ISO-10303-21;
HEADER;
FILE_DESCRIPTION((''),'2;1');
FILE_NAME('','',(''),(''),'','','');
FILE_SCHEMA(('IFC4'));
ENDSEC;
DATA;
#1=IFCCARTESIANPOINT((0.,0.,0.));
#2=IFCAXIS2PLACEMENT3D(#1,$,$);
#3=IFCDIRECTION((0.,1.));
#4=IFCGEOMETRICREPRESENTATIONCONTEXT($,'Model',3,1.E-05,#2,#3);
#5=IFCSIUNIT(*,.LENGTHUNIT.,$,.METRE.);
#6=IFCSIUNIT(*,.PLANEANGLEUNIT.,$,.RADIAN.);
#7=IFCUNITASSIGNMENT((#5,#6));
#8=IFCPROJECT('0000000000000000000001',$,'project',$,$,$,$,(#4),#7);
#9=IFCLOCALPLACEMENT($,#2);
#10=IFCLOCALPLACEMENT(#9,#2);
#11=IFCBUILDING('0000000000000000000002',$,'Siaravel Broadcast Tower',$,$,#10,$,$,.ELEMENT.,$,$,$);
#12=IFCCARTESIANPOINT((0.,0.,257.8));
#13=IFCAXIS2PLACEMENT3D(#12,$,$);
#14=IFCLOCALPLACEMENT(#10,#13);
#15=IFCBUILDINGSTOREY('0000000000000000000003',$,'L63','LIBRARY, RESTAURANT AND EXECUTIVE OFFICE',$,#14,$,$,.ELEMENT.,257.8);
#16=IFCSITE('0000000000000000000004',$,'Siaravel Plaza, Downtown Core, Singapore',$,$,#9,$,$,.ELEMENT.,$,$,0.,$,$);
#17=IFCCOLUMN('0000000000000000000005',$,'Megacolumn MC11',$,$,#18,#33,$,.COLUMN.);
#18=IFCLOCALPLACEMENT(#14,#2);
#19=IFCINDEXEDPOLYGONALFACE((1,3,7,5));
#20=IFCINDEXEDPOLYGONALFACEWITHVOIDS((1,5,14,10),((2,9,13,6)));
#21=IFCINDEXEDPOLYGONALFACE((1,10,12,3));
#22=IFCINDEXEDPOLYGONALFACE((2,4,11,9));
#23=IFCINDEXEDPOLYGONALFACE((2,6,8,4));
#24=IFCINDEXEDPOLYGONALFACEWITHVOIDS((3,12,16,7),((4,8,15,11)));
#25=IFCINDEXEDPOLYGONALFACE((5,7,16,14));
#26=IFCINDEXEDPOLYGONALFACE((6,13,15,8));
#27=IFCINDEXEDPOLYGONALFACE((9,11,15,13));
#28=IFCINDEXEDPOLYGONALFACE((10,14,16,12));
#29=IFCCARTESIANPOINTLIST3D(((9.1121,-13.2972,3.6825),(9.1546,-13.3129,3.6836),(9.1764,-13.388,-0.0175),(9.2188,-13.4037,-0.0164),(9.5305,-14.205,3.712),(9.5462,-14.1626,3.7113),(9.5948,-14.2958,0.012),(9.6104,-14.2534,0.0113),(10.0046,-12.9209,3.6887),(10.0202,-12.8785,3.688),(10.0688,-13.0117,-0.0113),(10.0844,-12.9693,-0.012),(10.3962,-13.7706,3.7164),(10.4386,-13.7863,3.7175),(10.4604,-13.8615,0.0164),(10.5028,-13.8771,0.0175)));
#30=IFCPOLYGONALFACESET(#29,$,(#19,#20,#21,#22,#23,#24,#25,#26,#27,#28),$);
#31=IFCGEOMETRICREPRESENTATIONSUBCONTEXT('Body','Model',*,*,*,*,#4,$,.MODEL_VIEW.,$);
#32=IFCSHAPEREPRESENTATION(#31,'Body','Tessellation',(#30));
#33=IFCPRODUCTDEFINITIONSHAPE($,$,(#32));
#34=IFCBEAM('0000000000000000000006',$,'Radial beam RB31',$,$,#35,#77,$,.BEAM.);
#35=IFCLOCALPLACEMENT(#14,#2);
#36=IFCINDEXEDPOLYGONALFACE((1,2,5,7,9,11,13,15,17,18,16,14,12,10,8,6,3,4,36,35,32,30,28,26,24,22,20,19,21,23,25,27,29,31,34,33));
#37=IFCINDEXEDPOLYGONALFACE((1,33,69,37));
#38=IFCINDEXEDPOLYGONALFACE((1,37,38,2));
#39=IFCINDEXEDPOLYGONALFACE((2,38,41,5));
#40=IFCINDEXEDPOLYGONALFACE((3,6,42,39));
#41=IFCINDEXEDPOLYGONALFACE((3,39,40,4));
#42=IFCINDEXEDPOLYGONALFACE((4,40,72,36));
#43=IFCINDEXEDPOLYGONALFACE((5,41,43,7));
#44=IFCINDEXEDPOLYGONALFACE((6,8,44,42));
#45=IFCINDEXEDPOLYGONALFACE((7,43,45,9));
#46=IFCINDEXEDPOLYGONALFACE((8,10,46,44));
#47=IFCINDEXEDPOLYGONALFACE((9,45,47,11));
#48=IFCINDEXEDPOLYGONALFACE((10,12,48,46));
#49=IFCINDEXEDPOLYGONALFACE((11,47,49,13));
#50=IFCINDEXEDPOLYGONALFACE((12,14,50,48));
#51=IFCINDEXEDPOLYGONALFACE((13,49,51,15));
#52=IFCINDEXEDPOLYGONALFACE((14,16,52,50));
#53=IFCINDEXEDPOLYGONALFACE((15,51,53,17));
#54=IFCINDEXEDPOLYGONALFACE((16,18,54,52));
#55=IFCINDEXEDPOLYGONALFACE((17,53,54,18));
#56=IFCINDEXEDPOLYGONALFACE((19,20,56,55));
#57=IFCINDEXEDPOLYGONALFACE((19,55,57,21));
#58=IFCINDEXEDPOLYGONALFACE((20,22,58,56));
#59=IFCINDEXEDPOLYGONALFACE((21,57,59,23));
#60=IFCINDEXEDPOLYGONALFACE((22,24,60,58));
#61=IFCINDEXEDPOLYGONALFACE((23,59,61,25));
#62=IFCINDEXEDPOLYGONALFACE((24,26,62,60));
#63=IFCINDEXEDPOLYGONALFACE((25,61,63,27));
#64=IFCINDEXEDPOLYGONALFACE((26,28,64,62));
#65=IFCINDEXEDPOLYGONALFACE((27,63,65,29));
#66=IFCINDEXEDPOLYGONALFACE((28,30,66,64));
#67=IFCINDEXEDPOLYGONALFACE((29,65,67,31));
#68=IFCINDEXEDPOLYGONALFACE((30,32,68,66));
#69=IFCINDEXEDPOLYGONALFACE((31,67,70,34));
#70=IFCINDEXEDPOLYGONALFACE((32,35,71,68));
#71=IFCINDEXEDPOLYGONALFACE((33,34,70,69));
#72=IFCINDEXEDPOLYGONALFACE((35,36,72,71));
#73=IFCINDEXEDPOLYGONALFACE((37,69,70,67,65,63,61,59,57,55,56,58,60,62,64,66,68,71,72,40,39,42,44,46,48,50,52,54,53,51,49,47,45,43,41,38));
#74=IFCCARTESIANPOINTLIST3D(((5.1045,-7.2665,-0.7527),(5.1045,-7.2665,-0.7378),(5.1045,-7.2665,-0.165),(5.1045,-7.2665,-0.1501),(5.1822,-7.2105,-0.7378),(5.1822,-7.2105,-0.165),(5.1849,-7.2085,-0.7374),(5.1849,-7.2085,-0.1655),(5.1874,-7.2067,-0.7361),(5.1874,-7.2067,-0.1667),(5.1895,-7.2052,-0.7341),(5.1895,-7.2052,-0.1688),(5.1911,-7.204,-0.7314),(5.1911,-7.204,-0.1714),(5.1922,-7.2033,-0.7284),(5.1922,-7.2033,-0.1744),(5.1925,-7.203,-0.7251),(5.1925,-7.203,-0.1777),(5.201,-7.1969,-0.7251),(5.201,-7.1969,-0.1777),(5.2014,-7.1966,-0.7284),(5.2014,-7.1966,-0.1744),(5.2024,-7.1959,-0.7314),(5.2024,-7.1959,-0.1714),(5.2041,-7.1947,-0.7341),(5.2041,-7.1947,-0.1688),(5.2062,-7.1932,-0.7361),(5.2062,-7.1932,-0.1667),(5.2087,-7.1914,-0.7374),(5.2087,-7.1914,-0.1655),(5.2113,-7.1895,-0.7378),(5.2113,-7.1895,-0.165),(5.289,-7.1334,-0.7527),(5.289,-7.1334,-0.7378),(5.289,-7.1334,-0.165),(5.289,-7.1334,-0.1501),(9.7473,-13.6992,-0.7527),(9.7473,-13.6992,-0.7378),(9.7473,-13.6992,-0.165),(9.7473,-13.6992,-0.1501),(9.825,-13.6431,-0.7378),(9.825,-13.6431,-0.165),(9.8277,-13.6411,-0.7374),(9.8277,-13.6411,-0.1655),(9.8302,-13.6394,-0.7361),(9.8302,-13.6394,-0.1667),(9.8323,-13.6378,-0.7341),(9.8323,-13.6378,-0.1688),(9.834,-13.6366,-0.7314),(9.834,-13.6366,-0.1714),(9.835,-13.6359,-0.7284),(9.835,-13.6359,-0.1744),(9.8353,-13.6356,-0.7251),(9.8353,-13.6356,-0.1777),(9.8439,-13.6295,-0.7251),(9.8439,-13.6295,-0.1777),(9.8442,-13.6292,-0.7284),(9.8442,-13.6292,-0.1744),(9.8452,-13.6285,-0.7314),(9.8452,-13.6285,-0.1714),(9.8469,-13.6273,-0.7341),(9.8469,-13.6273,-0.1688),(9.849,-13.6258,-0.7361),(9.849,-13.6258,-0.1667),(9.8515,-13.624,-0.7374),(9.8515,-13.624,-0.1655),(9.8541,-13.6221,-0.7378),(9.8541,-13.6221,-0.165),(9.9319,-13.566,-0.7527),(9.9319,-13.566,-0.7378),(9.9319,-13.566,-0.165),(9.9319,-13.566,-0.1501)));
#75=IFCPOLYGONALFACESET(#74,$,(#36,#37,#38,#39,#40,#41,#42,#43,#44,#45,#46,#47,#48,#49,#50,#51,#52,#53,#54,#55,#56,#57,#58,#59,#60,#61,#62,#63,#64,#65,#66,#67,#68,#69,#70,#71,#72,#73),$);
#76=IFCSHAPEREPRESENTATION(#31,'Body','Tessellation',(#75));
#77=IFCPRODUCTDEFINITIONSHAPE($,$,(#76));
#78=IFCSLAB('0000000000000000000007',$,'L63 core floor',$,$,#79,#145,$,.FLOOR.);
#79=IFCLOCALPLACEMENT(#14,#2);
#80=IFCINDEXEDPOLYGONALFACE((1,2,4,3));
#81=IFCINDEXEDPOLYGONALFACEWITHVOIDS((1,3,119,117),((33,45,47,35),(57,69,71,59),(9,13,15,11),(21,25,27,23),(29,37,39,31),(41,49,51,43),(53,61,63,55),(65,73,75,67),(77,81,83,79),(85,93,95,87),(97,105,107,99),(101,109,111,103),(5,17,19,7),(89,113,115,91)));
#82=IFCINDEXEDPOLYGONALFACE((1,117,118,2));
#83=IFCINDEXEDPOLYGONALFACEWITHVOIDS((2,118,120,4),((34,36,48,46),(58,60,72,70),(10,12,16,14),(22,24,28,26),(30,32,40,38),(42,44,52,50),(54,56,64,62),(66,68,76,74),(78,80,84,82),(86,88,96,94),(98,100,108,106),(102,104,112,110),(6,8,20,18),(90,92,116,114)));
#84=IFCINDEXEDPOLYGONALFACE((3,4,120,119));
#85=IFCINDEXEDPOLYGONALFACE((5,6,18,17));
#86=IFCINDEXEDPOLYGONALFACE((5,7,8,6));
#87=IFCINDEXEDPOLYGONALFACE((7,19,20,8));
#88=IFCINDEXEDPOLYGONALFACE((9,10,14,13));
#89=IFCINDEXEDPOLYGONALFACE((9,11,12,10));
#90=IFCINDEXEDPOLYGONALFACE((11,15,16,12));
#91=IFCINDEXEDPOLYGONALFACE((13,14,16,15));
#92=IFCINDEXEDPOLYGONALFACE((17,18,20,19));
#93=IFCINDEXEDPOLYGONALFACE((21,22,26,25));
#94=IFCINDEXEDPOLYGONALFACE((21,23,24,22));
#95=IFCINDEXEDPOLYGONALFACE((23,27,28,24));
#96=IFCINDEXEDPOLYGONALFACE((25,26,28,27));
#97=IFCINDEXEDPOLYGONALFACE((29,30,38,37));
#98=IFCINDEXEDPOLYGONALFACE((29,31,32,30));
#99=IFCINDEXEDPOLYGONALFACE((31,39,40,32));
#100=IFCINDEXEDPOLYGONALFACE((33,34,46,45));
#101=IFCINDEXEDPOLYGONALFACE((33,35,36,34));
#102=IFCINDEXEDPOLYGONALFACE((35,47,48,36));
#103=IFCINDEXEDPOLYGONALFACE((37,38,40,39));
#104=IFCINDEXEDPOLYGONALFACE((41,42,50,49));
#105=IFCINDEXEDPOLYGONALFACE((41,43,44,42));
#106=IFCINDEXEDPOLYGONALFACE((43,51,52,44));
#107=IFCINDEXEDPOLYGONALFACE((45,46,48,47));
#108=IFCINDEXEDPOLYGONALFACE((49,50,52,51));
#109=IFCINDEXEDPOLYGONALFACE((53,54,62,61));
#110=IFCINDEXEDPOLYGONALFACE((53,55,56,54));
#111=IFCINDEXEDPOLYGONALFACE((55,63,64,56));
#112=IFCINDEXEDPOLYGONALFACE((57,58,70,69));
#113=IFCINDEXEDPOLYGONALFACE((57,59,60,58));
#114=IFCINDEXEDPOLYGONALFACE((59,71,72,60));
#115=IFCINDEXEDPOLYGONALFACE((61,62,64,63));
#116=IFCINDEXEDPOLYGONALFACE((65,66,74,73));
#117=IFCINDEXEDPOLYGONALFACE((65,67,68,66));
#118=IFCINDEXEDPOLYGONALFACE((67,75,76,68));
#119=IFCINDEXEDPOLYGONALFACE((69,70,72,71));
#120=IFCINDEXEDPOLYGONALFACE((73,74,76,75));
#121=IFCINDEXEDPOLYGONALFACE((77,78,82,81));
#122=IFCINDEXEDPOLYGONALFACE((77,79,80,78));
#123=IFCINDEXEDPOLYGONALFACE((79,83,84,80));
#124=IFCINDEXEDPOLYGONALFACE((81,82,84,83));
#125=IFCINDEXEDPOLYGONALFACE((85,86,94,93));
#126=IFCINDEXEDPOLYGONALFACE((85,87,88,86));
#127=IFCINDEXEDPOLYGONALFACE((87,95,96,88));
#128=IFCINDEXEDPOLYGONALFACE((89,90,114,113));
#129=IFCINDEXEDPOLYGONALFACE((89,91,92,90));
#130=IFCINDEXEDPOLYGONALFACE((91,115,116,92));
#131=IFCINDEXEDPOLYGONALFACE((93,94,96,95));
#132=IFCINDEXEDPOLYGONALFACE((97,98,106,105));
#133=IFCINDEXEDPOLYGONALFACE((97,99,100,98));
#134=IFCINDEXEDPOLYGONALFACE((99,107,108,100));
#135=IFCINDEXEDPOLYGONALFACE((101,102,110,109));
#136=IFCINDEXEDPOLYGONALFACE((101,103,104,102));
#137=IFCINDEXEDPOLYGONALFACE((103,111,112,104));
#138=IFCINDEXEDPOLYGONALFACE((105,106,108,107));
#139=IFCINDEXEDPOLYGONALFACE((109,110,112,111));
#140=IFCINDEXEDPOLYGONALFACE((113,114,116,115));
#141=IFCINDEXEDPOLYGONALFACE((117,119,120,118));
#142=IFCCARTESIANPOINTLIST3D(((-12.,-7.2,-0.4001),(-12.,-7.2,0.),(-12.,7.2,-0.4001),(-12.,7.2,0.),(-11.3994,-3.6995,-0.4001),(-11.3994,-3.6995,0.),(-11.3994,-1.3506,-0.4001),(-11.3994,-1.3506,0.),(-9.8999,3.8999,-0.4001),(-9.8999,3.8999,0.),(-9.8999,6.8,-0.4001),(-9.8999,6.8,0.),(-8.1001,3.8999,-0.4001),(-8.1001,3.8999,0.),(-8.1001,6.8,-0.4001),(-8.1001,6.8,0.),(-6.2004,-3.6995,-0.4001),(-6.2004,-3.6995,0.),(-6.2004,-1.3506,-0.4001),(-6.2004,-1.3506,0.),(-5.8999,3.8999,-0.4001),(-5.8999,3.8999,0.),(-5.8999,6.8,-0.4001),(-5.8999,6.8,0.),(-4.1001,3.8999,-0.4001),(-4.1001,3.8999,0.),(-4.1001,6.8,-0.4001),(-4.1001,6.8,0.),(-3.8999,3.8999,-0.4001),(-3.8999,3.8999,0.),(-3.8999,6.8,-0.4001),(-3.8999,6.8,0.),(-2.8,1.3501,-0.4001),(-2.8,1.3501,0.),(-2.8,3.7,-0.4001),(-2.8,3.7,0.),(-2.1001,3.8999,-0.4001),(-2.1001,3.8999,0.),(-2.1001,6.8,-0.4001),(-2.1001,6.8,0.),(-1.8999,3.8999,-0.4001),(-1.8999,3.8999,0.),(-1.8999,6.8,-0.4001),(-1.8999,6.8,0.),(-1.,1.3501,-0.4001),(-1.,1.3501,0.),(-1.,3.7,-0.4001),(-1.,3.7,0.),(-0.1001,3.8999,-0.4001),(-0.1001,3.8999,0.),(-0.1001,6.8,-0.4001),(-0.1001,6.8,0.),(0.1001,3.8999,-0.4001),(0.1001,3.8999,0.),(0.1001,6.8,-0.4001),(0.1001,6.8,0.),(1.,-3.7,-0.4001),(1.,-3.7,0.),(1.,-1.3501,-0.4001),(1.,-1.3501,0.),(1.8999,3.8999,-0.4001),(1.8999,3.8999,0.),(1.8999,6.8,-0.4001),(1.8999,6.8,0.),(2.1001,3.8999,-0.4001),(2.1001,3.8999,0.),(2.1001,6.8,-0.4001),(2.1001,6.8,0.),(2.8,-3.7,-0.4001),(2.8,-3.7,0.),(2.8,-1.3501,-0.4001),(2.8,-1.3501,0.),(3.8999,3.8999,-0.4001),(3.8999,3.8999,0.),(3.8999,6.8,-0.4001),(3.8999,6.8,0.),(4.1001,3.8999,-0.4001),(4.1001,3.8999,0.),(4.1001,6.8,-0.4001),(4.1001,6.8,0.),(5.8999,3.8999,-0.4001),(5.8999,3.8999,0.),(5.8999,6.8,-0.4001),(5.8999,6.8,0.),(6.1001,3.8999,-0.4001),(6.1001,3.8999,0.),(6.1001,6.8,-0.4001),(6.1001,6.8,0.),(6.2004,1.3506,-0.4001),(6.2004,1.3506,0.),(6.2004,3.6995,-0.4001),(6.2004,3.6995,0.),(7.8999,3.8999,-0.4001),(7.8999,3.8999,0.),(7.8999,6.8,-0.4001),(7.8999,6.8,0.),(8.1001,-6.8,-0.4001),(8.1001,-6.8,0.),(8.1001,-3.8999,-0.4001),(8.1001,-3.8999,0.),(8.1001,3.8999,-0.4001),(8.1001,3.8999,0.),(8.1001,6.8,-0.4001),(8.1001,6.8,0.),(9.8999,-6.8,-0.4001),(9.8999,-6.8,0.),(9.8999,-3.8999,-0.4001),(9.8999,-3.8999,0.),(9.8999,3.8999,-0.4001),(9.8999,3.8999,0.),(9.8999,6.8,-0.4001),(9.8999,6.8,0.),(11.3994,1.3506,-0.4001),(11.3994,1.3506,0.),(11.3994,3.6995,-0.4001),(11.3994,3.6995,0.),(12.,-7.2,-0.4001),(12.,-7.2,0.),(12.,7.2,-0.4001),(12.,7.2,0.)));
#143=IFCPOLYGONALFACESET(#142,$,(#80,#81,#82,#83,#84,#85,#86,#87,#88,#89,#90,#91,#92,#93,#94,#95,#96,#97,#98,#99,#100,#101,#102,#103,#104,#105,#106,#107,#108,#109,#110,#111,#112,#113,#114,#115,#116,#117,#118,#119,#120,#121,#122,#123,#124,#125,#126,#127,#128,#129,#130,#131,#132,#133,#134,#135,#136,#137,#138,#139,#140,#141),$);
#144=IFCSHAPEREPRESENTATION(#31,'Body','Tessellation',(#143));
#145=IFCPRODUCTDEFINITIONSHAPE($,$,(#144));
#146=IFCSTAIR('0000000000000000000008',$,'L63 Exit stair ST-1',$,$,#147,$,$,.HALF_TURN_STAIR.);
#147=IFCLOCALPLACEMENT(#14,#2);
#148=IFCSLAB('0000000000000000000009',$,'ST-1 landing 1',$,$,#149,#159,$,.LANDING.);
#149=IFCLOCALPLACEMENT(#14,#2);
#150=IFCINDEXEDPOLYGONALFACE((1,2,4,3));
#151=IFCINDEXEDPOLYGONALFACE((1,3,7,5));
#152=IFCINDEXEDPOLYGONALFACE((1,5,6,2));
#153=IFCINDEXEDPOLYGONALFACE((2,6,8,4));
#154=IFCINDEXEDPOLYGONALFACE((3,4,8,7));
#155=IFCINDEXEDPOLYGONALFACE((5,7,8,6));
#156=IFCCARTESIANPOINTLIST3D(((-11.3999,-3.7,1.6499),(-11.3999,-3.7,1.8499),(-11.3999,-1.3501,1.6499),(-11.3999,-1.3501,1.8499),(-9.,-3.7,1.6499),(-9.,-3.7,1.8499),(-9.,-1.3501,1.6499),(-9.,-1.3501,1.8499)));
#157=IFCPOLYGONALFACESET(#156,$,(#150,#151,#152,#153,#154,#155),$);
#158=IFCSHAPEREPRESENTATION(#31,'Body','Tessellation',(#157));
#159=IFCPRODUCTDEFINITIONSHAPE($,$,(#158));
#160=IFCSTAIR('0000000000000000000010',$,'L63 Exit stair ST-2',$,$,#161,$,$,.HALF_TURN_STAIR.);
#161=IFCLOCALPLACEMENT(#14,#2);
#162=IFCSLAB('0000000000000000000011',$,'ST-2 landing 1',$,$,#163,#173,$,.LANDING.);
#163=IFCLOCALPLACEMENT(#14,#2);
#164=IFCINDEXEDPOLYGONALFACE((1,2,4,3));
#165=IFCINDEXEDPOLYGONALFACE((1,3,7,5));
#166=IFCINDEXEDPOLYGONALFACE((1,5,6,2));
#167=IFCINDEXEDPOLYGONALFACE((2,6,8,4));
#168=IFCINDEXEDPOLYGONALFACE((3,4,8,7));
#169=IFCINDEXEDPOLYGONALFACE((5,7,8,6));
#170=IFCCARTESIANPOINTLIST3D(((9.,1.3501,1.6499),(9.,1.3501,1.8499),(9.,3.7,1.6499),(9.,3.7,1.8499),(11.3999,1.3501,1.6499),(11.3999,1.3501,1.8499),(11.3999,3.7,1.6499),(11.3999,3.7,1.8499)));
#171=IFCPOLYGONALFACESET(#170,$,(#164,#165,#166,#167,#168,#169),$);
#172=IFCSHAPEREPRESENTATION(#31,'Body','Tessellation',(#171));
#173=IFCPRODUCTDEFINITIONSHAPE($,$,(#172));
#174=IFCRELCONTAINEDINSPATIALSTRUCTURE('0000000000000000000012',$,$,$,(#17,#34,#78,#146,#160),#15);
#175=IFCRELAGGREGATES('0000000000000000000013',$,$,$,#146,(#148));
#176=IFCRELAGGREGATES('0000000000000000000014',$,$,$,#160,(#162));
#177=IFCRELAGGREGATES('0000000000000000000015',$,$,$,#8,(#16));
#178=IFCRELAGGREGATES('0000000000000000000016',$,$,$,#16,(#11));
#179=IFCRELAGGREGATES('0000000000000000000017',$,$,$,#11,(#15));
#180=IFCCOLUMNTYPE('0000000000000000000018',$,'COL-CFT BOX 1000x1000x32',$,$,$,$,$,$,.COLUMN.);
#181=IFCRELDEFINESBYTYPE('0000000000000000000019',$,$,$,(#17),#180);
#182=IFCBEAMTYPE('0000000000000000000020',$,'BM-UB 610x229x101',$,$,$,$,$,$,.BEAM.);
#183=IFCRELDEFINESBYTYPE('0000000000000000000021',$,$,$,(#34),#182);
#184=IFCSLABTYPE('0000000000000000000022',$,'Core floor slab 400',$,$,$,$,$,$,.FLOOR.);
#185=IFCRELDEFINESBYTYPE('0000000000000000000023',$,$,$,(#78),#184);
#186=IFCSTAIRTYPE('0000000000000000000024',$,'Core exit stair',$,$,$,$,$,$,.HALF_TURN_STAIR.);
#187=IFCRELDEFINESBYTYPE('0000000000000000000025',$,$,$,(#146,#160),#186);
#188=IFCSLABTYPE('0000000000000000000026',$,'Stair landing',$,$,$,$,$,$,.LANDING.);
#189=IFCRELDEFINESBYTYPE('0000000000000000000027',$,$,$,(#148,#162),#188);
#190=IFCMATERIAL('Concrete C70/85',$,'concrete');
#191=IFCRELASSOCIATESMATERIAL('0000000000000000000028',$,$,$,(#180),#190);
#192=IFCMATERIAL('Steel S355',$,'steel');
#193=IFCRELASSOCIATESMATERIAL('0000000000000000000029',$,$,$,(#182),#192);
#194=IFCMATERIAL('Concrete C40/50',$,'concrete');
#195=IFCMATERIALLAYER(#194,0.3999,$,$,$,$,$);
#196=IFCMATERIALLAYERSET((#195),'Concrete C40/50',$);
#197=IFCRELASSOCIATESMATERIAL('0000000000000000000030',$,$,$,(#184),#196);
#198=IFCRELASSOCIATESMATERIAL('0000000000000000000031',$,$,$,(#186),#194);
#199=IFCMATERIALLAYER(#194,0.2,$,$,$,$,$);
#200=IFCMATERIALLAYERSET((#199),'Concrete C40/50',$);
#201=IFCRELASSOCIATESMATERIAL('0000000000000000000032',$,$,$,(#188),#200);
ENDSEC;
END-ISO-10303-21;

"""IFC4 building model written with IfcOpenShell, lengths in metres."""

from ifc_helpers import new_model, si_unit, direction, frame, origin, origin_2d, place, context, subcontext, project, spatial, polyline, hollow_rectangle, i_section, outline, extrude, material, layer, layer_set, material_profile, profile_set, type_object, element, aggregate, save


model = new_model("IFC4")

# Units and contexts
model_context = context("Model", 3, precision=1e-05, world=origin(), true_north=direction((0.0, 1.0)))
body_context = subcontext(model_context, "Body", "Model", "MODEL_VIEW")
ifc_project = project(units=[si_unit("LENGTHUNIT", "METRE"), si_unit("PLANEANGLEUNIT", "RADIAN")], contexts=[model_context])

# Site, building, storey
site_placement = place(None, origin())
site = spatial("IfcSite", under=ifc_project, at=site_placement, Name="Siaravel Plaza, Downtown Core, Singapore", CompositionType="ELEMENT", RefElevation=0.0)
building_placement = place(site_placement, origin())
building = spatial("IfcBuilding", under=site, at=building_placement, Name="Siaravel Broadcast Tower", CompositionType="ELEMENT")
storey_placement = place(building_placement, frame((0.0, 0.0, 257.8)))
storey = spatial("IfcBuildingStorey", under=building, at=storey_placement, Name="L63", Description="LIBRARY, RESTAURANT AND EXECUTIVE OFFICE", CompositionType="ELEMENT", Elevation=257.8)

# Column
ifc_material_1 = material(Name="Concrete C70/85", Category="concrete")
ifc_material_profile_1 = material_profile(ifc_material_1, hollow_rectangle(XDim=1.0, YDim=1.0, WallThickness=0.032, at=origin_2d()))
ifc_profile_set_1 = profile_set([ifc_material_profile_1], Name="Concrete C70/85")
column_type = type_object("IfcColumnType", Name="COL-CFT BOX 1000x1000x32", PredefinedType="COLUMN", material=ifc_profile_set_1)
column_placement = place(storey_placement, frame((9.8396, -13.6326, 0.0), z_axis=(-0.017346, 0.024535, 0.999548), x_axis=(-0.908096, -0.418725, -0.005481)))
element("IfcColumn", 1, at=column_placement, inside=storey, type_object=column_type, Name="Megacolumn MC11", PredefinedType="COLUMN", context=body_context, shape_type="SweptSolid", body=[
    extrude(hollow_rectangle(XDim=1.0, YDim=1.0, WallThickness=0.032, at=origin_2d()), origin(), (0.0, 0.0, 1.0), 3.7017),
])

# Beam
ifc_material_2 = material(Name="Steel S355", Category="steel")
ifc_material_profile_2 = material_profile(ifc_material_2, i_section(OverallWidth=0.2275, OverallDepth=0.6025, WebThickness=0.0105, FlangeThickness=0.0149, FilletRadius=0.0127, at=origin_2d()))
ifc_profile_set_2 = profile_set([ifc_material_profile_2], Name="Steel S355")
beam_type = type_object("IfcBeamType", Name="BM-UB 610x229x101", PredefinedType="BEAM", material=ifc_profile_set_2)
beam_placement = place(storey_placement, frame((9.8396, -13.6326, -0.4514), z_axis=(-0.585246, 0.810856, 0.0), x_axis=(-0.810856, -0.585246, 0.0)))
element("IfcBeam", 2, at=beam_placement, inside=storey, type_object=beam_type, Name="Radial beam RB31", PredefinedType="BEAM", context=body_context, shape_type="SweptSolid", body=[
    extrude(i_section(OverallWidth=0.2275, OverallDepth=0.6025, WebThickness=0.0105, FlangeThickness=0.0149, FilletRadius=0.0127, at=origin_2d()), origin(), (0.0, 0.0, 1.0), 7.9331),
])

# Slab
ifc_material_3 = material(Name="Concrete C40/50", Category="concrete")
ifc_layer_1 = layer(ifc_material_3, 0.3999)
ifc_layer_set_1 = layer_set([ifc_layer_1], Name="Concrete C40/50")
slab_type_1 = type_object("IfcSlabType", Name="Core floor slab 400", PredefinedType="FLOOR", material=ifc_layer_set_1)
slab_1_placement = place(storey_placement, frame((0.0, 0.0, -0.4001)))
element("IfcSlab", 3, at=slab_1_placement, inside=storey, type_object=slab_type_1, Name="L63 core floor", PredefinedType="FLOOR", context=body_context, shape_type="SweptSolid", body=[
    extrude(outline(polyline([(-12.0, -7.2), (-12.0, 7.2), (12.0, 7.2), (12.0, -7.2), (-12.0, -7.2)]), holes=[polyline([(11.3994, 1.3506), (11.3994, 3.6995), (6.2004, 3.6995), (6.2004, 1.3506), (11.3994, 1.3506)]), polyline([(8.1001, -3.8999), (8.1001, -6.8), (9.8999, -6.8), (9.8999, -3.8999), (8.1001, -3.8999)]), polyline([(9.8999, 6.8), (8.1001, 6.8), (8.1001, 3.8999), (9.8999, 3.8999), (9.8999, 6.8)]), polyline([(7.8999, 6.8), (6.1001, 6.8), (6.1001, 3.8999), (7.8999, 3.8999), (7.8999, 6.8)]), polyline([(5.8999, 6.8), (4.1001, 6.8), (4.1001, 3.8999), (5.8999, 3.8999), (5.8999, 6.8)]), polyline([(3.8999, 6.8), (2.1001, 6.8), (2.1001, 3.8999), (3.8999, 3.8999), (3.8999, 6.8)]), polyline([(2.8, -1.3501), (1.0, -1.3501), (1.0, -3.7), (2.8, -3.7), (2.8, -1.3501)]), polyline([(1.8999, 6.8), (0.1001, 6.8), (0.1001, 3.8999), (1.8999, 3.8999), (1.8999, 6.8)]), polyline([(-0.1001, 6.8), (-1.8999, 6.8), (-1.8999, 3.8999), (-0.1001, 3.8999), (-0.1001, 6.8)]), polyline([(-1.0, 3.7), (-2.8, 3.7), (-2.8, 1.3501), (-1.0, 1.3501), (-1.0, 3.7)]), polyline([(-2.1001, 6.8), (-3.8999, 6.8), (-3.8999, 3.8999), (-2.1001, 3.8999), (-2.1001, 6.8)]), polyline([(-4.1001, 6.8), (-5.8999, 6.8), (-5.8999, 3.8999), (-4.1001, 3.8999), (-4.1001, 6.8)]), polyline([(-11.3994, -3.6995), (-6.2004, -3.6995), (-6.2004, -1.3506), (-11.3994, -1.3506), (-11.3994, -3.6995)]), polyline([(-8.1001, 6.8), (-9.8999, 6.8), (-9.8999, 3.8999), (-8.1001, 3.8999), (-8.1001, 6.8)])]), origin(), (0.0, 0.0, 1.0), 0.4001),
])

# Stairs, slabs
stair_type = type_object("IfcStairType", Name="Core exit stair", PredefinedType="HALF_TURN_STAIR", material=ifc_material_3)
stair_1_placement = place(storey_placement, origin())
stair_1 = element("IfcStair", 4, at=stair_1_placement, inside=storey, type_object=stair_type, Name="L63 Exit stair ST-1", PredefinedType="HALF_TURN_STAIR")
ifc_layer_2 = layer(ifc_material_3, 0.2)
ifc_layer_set_2 = layer_set([ifc_layer_2], Name="Concrete C40/50")
slab_type_2 = type_object("IfcSlabType", Name="Stair landing", PredefinedType="LANDING", material=ifc_layer_set_2)
slab_2_placement = place(storey_placement, frame((0.0, 0.0, 1.6499)))
slab_2 = element("IfcSlab", 5, at=slab_2_placement, type_object=slab_type_2, Name="ST-1 landing 1", PredefinedType="LANDING", context=body_context, shape_type="SweptSolid", body=[
    extrude(outline(polyline([(-9.0, -1.3501), (-11.3999, -1.3501), (-11.3999, -3.7), (-9.0, -3.7), (-9.0, -1.3501)])), origin(), (0.0, 0.0, 1.0), 0.2),
])
aggregate(stair_1, [slab_2])
stair_2_placement = place(storey_placement, origin())
stair_2 = element("IfcStair", 6, at=stair_2_placement, inside=storey, type_object=stair_type, Name="L63 Exit stair ST-2", PredefinedType="HALF_TURN_STAIR")
slab_3_placement = place(storey_placement, frame((0.0, 0.0, 1.6499)))
slab_3 = element("IfcSlab", 7, at=slab_3_placement, type_object=slab_type_2, Name="ST-2 landing 1", PredefinedType="LANDING", context=body_context, shape_type="SweptSolid", body=[
    extrude(outline(polyline([(9.0, 1.3501), (11.3999, 1.3501), (11.3999, 3.7), (9.0, 3.7), (9.0, 1.3501)])), origin(), (0.0, 0.0, 1.0), 0.2),
])
aggregate(stair_2, [slab_3])

save(model, "model.ifc")
